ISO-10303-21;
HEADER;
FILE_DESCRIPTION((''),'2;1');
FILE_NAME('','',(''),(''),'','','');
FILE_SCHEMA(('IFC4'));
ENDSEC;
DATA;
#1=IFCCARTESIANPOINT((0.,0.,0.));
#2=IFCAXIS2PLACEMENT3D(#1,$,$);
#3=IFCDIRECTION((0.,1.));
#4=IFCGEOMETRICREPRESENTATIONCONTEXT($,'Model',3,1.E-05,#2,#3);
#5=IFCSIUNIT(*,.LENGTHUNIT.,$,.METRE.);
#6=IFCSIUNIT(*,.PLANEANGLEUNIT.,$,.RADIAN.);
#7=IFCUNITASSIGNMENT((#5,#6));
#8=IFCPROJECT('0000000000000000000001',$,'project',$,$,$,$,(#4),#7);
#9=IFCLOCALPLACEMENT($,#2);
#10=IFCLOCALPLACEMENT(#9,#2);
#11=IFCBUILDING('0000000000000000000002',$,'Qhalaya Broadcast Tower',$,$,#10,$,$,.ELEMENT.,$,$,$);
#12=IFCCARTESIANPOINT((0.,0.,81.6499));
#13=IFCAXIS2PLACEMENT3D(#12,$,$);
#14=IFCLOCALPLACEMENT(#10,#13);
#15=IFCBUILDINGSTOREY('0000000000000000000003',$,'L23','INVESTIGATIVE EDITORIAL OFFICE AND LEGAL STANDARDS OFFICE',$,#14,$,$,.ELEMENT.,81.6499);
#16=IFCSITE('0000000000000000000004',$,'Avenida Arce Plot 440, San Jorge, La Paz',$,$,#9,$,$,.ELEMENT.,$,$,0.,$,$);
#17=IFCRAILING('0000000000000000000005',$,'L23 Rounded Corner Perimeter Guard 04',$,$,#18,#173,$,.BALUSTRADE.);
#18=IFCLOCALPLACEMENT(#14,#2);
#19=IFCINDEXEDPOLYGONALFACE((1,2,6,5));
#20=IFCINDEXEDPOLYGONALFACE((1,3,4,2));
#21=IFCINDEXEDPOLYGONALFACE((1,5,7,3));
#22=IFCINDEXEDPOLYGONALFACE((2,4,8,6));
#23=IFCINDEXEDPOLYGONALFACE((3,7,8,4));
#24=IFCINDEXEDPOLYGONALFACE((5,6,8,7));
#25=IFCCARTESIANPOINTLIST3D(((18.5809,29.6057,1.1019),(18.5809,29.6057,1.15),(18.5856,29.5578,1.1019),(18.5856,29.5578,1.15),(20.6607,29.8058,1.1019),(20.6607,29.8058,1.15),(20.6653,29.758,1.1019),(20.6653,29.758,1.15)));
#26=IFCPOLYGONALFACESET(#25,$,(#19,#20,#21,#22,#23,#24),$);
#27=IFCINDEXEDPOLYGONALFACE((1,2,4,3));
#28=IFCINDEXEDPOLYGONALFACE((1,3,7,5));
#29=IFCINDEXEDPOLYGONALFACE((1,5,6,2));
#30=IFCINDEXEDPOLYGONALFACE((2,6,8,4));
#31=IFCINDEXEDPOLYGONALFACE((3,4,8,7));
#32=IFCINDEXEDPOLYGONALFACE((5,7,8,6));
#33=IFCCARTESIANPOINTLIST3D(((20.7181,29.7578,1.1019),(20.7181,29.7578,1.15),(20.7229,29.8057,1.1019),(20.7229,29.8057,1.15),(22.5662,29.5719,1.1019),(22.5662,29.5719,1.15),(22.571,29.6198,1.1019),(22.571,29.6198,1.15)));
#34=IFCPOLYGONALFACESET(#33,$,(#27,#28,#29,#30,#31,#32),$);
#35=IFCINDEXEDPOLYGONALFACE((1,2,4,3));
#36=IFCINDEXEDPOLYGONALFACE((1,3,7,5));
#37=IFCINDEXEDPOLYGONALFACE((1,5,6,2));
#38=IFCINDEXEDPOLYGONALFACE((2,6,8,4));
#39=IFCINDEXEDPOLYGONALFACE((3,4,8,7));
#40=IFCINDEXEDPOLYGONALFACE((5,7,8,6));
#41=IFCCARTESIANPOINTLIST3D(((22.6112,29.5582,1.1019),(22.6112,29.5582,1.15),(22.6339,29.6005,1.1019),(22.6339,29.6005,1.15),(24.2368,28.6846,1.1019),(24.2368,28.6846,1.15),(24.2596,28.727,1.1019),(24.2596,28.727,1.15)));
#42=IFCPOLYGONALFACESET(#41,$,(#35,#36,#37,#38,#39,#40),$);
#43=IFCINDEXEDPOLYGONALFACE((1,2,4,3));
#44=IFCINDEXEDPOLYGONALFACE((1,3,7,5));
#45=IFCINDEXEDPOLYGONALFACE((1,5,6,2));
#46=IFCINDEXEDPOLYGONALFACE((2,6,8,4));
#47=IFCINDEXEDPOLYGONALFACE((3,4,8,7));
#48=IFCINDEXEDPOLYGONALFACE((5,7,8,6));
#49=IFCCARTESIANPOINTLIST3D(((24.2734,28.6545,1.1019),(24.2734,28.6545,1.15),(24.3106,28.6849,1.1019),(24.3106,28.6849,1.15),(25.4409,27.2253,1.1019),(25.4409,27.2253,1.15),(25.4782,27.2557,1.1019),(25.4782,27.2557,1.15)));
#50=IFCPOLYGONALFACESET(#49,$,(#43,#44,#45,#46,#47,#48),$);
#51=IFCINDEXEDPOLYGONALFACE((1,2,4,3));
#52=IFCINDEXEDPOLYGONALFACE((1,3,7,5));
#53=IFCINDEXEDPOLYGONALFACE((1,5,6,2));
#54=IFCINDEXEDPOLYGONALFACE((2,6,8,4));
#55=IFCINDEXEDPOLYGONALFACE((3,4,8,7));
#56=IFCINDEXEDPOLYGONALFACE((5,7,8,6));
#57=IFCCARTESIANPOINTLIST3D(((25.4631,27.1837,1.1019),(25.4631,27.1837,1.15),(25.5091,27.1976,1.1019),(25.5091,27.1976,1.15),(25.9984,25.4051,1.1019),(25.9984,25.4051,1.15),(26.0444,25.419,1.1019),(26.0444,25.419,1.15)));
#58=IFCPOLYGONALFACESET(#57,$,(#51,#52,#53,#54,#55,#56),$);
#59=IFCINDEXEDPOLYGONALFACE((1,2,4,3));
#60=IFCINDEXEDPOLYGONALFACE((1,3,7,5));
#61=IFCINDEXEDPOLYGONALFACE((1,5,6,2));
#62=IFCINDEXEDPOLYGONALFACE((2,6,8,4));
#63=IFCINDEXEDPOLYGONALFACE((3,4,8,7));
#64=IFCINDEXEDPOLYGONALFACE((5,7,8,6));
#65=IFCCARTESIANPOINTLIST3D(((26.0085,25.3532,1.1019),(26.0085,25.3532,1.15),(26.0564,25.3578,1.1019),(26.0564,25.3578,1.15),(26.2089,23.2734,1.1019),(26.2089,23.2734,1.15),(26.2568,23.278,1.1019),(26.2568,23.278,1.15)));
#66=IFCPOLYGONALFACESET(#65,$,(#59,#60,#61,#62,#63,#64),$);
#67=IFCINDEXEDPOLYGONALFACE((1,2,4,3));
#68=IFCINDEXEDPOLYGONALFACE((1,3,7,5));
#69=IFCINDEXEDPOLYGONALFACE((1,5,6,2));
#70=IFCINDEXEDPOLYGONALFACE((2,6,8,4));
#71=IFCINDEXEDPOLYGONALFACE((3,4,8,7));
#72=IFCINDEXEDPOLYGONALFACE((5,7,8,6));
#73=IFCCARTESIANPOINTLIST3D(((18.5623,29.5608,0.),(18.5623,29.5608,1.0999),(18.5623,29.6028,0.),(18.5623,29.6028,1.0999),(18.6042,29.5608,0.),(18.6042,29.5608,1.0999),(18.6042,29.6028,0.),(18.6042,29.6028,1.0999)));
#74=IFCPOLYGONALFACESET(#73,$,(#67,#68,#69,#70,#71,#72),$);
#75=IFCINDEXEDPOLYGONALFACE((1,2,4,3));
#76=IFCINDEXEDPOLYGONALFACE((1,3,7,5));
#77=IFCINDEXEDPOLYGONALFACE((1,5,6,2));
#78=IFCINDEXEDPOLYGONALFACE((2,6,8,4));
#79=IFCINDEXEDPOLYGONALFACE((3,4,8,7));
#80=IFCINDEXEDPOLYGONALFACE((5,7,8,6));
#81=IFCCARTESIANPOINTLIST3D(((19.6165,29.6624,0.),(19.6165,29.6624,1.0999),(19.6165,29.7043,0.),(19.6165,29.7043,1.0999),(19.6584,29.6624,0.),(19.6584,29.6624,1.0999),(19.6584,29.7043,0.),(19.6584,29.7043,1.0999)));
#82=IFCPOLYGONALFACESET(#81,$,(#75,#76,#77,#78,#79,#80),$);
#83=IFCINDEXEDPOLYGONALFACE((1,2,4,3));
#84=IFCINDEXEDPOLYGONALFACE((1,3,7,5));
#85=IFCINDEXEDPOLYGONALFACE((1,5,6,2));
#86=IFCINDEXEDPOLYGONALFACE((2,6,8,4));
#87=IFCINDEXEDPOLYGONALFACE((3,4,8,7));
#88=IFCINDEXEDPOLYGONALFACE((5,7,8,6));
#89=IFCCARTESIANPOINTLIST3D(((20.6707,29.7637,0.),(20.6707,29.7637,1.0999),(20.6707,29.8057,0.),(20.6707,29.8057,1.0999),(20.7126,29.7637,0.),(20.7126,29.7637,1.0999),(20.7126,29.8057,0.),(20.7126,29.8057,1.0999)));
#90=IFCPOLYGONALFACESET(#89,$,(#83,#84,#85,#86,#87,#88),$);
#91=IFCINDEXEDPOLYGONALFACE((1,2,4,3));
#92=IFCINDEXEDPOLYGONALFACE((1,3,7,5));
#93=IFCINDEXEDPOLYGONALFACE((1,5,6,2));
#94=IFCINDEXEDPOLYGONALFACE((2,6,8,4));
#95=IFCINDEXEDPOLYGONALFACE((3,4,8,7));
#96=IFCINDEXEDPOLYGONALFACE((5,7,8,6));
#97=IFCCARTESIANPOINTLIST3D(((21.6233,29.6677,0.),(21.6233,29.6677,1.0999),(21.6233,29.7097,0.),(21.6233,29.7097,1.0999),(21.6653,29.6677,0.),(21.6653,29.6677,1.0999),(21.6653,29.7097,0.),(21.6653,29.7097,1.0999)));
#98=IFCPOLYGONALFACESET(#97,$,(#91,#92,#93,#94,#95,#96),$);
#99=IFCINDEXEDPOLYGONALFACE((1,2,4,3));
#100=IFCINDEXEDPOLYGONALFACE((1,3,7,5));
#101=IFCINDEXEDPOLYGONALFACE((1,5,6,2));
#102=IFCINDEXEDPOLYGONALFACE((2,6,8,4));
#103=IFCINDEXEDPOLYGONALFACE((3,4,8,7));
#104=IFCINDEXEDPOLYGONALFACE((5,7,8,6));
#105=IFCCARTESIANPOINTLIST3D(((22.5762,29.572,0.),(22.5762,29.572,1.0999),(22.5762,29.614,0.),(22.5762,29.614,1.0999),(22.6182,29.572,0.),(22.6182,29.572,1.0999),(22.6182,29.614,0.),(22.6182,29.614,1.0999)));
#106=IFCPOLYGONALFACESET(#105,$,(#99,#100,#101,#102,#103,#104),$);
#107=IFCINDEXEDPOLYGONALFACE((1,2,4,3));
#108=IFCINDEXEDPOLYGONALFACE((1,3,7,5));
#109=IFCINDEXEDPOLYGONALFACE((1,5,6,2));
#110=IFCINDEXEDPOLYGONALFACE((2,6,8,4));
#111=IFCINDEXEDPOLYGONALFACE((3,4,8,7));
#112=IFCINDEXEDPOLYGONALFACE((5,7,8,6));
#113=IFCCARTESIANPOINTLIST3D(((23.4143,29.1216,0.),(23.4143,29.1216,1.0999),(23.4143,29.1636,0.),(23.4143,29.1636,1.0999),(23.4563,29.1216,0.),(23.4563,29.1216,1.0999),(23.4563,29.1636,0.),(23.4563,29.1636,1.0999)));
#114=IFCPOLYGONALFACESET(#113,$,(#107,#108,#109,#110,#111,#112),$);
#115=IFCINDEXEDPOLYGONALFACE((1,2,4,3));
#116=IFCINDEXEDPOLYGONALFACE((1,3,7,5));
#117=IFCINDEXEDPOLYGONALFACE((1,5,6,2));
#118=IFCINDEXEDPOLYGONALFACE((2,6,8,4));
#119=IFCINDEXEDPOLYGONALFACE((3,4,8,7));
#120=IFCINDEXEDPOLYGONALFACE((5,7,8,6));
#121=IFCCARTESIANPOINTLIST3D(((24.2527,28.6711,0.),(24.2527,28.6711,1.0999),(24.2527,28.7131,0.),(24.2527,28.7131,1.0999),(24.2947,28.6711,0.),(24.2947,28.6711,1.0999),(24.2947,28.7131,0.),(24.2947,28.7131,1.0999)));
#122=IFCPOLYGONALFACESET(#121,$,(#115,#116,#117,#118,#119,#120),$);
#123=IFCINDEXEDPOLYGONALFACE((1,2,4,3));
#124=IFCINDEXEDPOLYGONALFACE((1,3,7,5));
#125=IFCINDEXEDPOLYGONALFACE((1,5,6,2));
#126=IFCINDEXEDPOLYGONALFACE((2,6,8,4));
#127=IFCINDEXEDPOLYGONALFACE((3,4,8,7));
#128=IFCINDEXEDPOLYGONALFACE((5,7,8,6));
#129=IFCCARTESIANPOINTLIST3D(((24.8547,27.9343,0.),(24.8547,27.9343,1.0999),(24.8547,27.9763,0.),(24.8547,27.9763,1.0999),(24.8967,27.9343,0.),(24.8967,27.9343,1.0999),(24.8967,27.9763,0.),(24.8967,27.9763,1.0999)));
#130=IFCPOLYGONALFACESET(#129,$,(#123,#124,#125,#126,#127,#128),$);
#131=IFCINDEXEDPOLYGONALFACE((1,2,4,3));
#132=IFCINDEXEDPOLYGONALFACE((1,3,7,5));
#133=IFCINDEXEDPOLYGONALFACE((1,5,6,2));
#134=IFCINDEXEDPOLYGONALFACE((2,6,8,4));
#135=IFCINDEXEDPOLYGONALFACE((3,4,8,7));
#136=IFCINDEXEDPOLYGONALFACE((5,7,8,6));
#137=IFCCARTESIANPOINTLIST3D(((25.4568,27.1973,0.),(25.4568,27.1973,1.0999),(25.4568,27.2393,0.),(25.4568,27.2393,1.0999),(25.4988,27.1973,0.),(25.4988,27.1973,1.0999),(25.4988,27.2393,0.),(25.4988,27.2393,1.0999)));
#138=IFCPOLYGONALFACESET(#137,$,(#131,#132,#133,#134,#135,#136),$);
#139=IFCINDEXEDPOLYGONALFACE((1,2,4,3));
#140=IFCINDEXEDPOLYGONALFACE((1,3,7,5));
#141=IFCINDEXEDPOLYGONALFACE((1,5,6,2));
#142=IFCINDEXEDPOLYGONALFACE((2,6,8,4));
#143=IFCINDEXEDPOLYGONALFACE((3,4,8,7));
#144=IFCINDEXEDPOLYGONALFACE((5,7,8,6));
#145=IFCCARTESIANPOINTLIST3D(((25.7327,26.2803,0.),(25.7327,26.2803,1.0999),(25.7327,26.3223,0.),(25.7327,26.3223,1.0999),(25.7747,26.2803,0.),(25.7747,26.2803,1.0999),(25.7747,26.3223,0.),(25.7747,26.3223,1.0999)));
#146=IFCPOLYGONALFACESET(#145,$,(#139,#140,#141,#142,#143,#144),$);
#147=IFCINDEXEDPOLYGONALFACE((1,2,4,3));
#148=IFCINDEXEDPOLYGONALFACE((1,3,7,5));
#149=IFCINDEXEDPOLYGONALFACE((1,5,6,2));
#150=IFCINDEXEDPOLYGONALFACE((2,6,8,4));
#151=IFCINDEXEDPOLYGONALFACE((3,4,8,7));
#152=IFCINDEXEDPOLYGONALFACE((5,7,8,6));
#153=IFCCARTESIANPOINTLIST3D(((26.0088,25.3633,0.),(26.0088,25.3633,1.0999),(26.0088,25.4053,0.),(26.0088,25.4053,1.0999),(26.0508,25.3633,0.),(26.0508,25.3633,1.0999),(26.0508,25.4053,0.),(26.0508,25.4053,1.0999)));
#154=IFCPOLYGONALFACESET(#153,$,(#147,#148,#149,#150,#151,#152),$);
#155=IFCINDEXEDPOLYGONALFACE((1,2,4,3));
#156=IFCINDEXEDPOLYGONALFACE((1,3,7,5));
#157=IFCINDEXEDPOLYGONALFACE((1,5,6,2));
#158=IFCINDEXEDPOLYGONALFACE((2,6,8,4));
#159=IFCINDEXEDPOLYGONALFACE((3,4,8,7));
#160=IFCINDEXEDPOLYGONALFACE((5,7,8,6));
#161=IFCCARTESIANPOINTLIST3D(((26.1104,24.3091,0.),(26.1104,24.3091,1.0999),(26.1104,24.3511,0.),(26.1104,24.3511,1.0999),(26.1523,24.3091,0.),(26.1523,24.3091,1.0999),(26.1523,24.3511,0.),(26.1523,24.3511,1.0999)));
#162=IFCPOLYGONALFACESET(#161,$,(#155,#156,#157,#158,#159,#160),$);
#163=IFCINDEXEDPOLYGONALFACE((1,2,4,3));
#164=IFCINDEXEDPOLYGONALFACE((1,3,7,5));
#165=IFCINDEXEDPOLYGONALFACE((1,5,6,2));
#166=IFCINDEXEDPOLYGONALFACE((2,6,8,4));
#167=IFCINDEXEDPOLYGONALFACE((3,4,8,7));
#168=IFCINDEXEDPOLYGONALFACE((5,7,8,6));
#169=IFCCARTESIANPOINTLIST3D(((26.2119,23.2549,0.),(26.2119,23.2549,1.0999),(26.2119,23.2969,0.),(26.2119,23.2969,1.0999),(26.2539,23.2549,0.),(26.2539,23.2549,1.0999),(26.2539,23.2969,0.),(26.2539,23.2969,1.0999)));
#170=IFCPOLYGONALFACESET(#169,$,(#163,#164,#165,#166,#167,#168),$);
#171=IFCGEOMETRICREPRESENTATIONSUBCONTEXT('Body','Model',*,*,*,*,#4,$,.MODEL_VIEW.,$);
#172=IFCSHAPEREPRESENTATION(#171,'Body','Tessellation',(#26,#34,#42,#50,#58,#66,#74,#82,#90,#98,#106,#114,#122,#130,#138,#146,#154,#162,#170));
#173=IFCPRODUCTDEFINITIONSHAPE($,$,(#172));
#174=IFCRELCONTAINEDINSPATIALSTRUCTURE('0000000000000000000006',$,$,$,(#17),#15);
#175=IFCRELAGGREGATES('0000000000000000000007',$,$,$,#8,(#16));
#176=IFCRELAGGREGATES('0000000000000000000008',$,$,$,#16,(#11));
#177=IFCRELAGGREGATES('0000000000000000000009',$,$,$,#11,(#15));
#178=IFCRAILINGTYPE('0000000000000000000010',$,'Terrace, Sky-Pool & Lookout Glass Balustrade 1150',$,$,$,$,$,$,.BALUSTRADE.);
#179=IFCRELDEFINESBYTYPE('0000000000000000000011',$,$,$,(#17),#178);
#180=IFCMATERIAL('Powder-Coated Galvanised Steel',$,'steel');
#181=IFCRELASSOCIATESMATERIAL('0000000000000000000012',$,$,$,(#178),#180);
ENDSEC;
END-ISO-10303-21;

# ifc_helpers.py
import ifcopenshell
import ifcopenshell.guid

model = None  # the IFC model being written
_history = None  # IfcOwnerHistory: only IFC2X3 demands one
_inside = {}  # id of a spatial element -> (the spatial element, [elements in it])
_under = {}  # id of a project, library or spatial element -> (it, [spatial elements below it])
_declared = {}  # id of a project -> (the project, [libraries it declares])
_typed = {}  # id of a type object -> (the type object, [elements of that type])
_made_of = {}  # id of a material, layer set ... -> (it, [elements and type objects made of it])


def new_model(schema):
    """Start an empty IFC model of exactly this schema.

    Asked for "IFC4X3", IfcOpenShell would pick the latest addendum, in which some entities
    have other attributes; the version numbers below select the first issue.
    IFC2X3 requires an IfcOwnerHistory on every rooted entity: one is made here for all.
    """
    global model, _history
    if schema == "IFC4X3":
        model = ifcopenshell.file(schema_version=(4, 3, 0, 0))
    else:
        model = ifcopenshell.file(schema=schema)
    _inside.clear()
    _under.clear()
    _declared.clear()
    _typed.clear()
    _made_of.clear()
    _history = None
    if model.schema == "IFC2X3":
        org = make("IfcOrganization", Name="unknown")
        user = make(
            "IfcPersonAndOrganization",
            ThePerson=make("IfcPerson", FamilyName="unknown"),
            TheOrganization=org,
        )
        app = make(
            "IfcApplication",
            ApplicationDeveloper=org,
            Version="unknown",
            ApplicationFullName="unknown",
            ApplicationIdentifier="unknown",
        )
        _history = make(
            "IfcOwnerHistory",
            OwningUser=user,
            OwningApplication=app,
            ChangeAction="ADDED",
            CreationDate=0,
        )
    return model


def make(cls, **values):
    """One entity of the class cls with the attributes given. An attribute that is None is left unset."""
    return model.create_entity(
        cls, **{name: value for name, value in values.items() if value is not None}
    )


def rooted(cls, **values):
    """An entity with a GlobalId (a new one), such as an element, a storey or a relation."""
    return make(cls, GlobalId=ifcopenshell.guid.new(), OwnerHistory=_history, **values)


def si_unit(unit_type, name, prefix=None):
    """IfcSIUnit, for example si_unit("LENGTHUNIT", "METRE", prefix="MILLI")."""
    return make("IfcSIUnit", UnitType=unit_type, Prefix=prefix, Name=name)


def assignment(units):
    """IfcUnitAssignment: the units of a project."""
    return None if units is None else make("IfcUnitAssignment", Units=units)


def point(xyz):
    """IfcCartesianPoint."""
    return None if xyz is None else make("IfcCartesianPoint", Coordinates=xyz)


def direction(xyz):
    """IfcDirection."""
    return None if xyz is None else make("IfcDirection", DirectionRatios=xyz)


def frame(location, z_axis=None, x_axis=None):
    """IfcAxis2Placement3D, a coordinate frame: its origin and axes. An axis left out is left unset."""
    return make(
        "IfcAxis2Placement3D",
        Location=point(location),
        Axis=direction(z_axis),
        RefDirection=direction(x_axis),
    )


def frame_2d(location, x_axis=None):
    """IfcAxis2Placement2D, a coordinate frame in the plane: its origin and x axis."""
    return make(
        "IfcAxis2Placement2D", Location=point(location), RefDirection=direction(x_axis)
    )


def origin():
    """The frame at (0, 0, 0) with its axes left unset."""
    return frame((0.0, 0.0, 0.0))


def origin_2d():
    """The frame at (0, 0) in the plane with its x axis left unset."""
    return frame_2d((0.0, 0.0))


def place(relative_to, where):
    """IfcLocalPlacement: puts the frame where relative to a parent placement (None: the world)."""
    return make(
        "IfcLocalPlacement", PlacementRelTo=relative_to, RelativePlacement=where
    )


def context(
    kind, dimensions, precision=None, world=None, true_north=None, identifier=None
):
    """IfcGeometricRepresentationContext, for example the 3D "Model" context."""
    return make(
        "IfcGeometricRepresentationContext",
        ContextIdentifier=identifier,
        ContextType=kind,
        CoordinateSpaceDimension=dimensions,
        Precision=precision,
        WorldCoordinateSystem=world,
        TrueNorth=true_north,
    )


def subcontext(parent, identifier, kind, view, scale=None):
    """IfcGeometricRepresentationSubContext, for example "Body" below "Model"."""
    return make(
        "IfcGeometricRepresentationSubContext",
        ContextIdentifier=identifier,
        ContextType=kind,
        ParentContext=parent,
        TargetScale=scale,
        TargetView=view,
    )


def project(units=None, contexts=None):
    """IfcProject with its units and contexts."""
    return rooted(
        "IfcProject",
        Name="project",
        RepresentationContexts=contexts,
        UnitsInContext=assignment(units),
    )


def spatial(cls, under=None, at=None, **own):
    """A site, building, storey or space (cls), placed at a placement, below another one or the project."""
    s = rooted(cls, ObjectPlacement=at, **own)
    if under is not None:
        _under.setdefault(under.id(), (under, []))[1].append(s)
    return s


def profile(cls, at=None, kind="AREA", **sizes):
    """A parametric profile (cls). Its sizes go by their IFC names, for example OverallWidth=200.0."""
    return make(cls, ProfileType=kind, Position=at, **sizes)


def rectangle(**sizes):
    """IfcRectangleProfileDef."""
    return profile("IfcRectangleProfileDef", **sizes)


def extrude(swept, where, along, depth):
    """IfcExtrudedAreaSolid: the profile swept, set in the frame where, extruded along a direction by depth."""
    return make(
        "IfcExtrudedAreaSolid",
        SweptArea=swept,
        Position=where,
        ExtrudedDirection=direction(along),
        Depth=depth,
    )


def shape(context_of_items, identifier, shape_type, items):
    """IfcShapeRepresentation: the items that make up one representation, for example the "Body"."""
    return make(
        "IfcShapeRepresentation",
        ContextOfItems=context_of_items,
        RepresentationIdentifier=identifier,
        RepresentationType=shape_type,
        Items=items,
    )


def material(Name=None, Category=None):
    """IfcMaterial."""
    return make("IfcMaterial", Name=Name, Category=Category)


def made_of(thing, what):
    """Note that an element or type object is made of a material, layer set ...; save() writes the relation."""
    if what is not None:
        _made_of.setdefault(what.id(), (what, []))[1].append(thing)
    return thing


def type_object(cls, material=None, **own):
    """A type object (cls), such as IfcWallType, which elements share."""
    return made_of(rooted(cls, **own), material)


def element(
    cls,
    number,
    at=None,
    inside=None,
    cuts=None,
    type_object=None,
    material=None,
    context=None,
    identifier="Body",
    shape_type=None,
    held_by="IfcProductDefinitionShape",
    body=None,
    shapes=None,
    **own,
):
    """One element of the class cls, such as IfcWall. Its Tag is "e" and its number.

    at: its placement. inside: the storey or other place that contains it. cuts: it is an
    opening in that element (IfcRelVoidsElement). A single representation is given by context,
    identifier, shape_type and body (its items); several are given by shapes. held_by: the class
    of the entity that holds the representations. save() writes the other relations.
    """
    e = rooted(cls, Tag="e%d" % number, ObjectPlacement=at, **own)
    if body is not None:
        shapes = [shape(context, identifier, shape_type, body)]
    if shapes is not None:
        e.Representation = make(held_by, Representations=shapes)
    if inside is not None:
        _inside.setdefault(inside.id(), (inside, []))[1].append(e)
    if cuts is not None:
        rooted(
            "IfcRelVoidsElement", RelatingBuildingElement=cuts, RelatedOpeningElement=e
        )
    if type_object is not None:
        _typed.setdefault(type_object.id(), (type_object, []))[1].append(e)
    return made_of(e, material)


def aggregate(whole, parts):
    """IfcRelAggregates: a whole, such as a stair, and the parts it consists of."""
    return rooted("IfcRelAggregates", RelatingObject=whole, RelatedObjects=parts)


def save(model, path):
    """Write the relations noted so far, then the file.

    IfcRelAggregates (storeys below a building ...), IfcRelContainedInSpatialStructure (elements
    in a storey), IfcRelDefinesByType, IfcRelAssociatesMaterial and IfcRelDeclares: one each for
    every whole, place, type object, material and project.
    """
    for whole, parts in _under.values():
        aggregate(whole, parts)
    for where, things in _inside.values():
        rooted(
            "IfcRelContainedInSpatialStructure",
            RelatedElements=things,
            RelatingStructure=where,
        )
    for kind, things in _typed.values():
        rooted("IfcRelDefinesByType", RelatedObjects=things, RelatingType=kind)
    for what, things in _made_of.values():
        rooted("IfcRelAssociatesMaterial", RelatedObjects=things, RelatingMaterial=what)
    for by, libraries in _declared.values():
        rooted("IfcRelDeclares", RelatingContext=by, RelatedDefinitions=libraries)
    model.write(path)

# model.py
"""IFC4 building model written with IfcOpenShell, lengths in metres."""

from ifc_helpers import new_model, si_unit, direction, frame, origin, origin_2d, place, context, subcontext, project, spatial, rectangle, extrude, material, type_object, element, save


model = new_model("IFC4")

# Units and contexts
model_context = context("Model", 3, precision=1e-05, world=origin(), true_north=direction((0.0, 1.0)))
body_context = subcontext(model_context, "Body", "Model", "MODEL_VIEW")
ifc_project = project(units=[si_unit("LENGTHUNIT", "METRE"), si_unit("PLANEANGLEUNIT", "RADIAN")], contexts=[model_context])

# Site, building, storey
site_placement = place(None, origin())
site = spatial("IfcSite", under=ifc_project, at=site_placement, Name="Avenida Arce Plot 440, San Jorge, La Paz", CompositionType="ELEMENT", RefElevation=0.0)
building_placement = place(site_placement, origin())
building = spatial("IfcBuilding", under=site, at=building_placement, Name="Qhalaya Broadcast Tower", CompositionType="ELEMENT")
storey_placement = place(building_placement, frame((0.0, 0.0, 81.6499)))
storey = spatial("IfcBuildingStorey", under=building, at=storey_placement, Name="L23", Description="INVESTIGATIVE EDITORIAL OFFICE AND LEGAL STANDARDS OFFICE", CompositionType="ELEMENT", Elevation=81.6499)

# Railing
ifc_material_1 = material(Name="Powder-Coated Galvanised Steel", Category="steel")
railing_type = type_object("IfcRailingType", Name="Terrace, Sky-Pool & Lookout Glass Balustrade 1150", PredefinedType="BALUSTRADE", material=ifc_material_1)
railing_placement = place(storey_placement, frame((18.5833, 29.5818, 0.0)))
element("IfcRailing", 1, at=railing_placement, inside=storey, type_object=railing_type, Name="L23 Rounded Corner Perimeter Guard 04", PredefinedType="BALUSTRADE", context=body_context, shape_type="SweptSolid", body=[
    extrude(rectangle(XDim=0.0481, YDim=0.0481, at=origin_2d()), frame((0.0, 0.0, 1.126), z_axis=(0.995402, 0.095783, 0.0), x_axis=(-0.095783, 0.995402, 0.0)), (0.0, 0.0, 1.0), 2.0894),
    extrude(rectangle(XDim=0.0481, YDim=0.0481, at=origin_2d()), frame((2.1372, 0.2, 1.126), z_axis=(0.99498, -0.100072, 0.0), x_axis=(0.100072, 0.99498, 0.0)), (0.0, 0.0, 1.0), 1.8574),
    extrude(rectangle(XDim=0.0481, YDim=0.0481, at=origin_2d()), frame((4.0393, -0.0024, 1.126), z_axis=(0.880879, -0.473342, 0.0), x_axis=(0.473342, 0.880879, 0.0)), (0.0, 0.0, 1.0), 1.8455),
    extrude(rectangle(XDim=0.0481, YDim=0.0481, at=origin_2d()), frame((5.7087, -0.9121, 1.126), z_axis=(0.632672, -0.77442, 0.0), x_axis=(0.77442, 0.632672, 0.0)), (0.0, 0.0, 1.0), 1.8455),
    extrude(rectangle(XDim=0.0481, YDim=0.0481, at=origin_2d()), frame((6.9028, -2.3911, 1.126), z_axis=(0.288213, -0.957566, 0.0), x_axis=(0.957566, 0.288213, 0.0)), (0.0, 0.0, 1.0), 1.8574),
    extrude(rectangle(XDim=0.0481, YDim=0.0481, at=origin_2d()), frame((7.4492, -4.2263, 1.126), z_axis=(0.095897, -0.995391, 0.0), x_axis=(0.995391, 0.095897, 0.0)), (0.0, 0.0, 1.0), 2.0894),
    extrude(rectangle(XDim=0.042, YDim=0.042, at=origin_2d()), origin(), (0.0, 0.0, 1.0), 1.0999),
    extrude(rectangle(XDim=0.042, YDim=0.042, at=origin_2d()), frame((1.0542, 0.1016, 0.0)), (0.0, 0.0, 1.0), 1.0999),
    extrude(rectangle(XDim=0.042, YDim=0.042, at=origin_2d()), frame((2.1084, 0.2029, 0.0)), (0.0, 0.0, 1.0), 1.0999),
    extrude(rectangle(XDim=0.042, YDim=0.042, at=origin_2d()), frame((3.061, 0.1069, 0.0)), (0.0, 0.0, 1.0), 1.0999),
    extrude(rectangle(XDim=0.042, YDim=0.042, at=origin_2d()), frame((4.0139, 0.0112, 0.0)), (0.0, 0.0, 1.0), 1.0999),
    extrude(rectangle(XDim=0.042, YDim=0.042, at=origin_2d()), frame((4.8521, -0.4392, 0.0)), (0.0, 0.0, 1.0), 1.0999),
    extrude(rectangle(XDim=0.042, YDim=0.042, at=origin_2d()), frame((5.6904, -0.8896, 0.0)), (0.0, 0.0, 1.0), 1.0999),
    extrude(rectangle(XDim=0.042, YDim=0.042, at=origin_2d()), frame((6.2925, -1.6265, 0.0)), (0.0, 0.0, 1.0), 1.0999),
    extrude(rectangle(XDim=0.042, YDim=0.042, at=origin_2d()), frame((6.8945, -2.3635, 0.0)), (0.0, 0.0, 1.0), 1.0999),
    extrude(rectangle(XDim=0.042, YDim=0.042, at=origin_2d()), frame((7.1704, -3.2805, 0.0)), (0.0, 0.0, 1.0), 1.0999),
    extrude(rectangle(XDim=0.042, YDim=0.042, at=origin_2d()), frame((7.4465, -4.1975, 0.0)), (0.0, 0.0, 1.0), 1.0999),
    extrude(rectangle(XDim=0.042, YDim=0.042, at=origin_2d()), frame((7.5481, -5.2517, 0.0)), (0.0, 0.0, 1.0), 1.0999),
    extrude(rectangle(XDim=0.042, YDim=0.042, at=origin_2d()), frame((7.6497, -6.3059, 0.0)), (0.0, 0.0, 1.0), 1.0999),
])

save(model, "model.ifc")
